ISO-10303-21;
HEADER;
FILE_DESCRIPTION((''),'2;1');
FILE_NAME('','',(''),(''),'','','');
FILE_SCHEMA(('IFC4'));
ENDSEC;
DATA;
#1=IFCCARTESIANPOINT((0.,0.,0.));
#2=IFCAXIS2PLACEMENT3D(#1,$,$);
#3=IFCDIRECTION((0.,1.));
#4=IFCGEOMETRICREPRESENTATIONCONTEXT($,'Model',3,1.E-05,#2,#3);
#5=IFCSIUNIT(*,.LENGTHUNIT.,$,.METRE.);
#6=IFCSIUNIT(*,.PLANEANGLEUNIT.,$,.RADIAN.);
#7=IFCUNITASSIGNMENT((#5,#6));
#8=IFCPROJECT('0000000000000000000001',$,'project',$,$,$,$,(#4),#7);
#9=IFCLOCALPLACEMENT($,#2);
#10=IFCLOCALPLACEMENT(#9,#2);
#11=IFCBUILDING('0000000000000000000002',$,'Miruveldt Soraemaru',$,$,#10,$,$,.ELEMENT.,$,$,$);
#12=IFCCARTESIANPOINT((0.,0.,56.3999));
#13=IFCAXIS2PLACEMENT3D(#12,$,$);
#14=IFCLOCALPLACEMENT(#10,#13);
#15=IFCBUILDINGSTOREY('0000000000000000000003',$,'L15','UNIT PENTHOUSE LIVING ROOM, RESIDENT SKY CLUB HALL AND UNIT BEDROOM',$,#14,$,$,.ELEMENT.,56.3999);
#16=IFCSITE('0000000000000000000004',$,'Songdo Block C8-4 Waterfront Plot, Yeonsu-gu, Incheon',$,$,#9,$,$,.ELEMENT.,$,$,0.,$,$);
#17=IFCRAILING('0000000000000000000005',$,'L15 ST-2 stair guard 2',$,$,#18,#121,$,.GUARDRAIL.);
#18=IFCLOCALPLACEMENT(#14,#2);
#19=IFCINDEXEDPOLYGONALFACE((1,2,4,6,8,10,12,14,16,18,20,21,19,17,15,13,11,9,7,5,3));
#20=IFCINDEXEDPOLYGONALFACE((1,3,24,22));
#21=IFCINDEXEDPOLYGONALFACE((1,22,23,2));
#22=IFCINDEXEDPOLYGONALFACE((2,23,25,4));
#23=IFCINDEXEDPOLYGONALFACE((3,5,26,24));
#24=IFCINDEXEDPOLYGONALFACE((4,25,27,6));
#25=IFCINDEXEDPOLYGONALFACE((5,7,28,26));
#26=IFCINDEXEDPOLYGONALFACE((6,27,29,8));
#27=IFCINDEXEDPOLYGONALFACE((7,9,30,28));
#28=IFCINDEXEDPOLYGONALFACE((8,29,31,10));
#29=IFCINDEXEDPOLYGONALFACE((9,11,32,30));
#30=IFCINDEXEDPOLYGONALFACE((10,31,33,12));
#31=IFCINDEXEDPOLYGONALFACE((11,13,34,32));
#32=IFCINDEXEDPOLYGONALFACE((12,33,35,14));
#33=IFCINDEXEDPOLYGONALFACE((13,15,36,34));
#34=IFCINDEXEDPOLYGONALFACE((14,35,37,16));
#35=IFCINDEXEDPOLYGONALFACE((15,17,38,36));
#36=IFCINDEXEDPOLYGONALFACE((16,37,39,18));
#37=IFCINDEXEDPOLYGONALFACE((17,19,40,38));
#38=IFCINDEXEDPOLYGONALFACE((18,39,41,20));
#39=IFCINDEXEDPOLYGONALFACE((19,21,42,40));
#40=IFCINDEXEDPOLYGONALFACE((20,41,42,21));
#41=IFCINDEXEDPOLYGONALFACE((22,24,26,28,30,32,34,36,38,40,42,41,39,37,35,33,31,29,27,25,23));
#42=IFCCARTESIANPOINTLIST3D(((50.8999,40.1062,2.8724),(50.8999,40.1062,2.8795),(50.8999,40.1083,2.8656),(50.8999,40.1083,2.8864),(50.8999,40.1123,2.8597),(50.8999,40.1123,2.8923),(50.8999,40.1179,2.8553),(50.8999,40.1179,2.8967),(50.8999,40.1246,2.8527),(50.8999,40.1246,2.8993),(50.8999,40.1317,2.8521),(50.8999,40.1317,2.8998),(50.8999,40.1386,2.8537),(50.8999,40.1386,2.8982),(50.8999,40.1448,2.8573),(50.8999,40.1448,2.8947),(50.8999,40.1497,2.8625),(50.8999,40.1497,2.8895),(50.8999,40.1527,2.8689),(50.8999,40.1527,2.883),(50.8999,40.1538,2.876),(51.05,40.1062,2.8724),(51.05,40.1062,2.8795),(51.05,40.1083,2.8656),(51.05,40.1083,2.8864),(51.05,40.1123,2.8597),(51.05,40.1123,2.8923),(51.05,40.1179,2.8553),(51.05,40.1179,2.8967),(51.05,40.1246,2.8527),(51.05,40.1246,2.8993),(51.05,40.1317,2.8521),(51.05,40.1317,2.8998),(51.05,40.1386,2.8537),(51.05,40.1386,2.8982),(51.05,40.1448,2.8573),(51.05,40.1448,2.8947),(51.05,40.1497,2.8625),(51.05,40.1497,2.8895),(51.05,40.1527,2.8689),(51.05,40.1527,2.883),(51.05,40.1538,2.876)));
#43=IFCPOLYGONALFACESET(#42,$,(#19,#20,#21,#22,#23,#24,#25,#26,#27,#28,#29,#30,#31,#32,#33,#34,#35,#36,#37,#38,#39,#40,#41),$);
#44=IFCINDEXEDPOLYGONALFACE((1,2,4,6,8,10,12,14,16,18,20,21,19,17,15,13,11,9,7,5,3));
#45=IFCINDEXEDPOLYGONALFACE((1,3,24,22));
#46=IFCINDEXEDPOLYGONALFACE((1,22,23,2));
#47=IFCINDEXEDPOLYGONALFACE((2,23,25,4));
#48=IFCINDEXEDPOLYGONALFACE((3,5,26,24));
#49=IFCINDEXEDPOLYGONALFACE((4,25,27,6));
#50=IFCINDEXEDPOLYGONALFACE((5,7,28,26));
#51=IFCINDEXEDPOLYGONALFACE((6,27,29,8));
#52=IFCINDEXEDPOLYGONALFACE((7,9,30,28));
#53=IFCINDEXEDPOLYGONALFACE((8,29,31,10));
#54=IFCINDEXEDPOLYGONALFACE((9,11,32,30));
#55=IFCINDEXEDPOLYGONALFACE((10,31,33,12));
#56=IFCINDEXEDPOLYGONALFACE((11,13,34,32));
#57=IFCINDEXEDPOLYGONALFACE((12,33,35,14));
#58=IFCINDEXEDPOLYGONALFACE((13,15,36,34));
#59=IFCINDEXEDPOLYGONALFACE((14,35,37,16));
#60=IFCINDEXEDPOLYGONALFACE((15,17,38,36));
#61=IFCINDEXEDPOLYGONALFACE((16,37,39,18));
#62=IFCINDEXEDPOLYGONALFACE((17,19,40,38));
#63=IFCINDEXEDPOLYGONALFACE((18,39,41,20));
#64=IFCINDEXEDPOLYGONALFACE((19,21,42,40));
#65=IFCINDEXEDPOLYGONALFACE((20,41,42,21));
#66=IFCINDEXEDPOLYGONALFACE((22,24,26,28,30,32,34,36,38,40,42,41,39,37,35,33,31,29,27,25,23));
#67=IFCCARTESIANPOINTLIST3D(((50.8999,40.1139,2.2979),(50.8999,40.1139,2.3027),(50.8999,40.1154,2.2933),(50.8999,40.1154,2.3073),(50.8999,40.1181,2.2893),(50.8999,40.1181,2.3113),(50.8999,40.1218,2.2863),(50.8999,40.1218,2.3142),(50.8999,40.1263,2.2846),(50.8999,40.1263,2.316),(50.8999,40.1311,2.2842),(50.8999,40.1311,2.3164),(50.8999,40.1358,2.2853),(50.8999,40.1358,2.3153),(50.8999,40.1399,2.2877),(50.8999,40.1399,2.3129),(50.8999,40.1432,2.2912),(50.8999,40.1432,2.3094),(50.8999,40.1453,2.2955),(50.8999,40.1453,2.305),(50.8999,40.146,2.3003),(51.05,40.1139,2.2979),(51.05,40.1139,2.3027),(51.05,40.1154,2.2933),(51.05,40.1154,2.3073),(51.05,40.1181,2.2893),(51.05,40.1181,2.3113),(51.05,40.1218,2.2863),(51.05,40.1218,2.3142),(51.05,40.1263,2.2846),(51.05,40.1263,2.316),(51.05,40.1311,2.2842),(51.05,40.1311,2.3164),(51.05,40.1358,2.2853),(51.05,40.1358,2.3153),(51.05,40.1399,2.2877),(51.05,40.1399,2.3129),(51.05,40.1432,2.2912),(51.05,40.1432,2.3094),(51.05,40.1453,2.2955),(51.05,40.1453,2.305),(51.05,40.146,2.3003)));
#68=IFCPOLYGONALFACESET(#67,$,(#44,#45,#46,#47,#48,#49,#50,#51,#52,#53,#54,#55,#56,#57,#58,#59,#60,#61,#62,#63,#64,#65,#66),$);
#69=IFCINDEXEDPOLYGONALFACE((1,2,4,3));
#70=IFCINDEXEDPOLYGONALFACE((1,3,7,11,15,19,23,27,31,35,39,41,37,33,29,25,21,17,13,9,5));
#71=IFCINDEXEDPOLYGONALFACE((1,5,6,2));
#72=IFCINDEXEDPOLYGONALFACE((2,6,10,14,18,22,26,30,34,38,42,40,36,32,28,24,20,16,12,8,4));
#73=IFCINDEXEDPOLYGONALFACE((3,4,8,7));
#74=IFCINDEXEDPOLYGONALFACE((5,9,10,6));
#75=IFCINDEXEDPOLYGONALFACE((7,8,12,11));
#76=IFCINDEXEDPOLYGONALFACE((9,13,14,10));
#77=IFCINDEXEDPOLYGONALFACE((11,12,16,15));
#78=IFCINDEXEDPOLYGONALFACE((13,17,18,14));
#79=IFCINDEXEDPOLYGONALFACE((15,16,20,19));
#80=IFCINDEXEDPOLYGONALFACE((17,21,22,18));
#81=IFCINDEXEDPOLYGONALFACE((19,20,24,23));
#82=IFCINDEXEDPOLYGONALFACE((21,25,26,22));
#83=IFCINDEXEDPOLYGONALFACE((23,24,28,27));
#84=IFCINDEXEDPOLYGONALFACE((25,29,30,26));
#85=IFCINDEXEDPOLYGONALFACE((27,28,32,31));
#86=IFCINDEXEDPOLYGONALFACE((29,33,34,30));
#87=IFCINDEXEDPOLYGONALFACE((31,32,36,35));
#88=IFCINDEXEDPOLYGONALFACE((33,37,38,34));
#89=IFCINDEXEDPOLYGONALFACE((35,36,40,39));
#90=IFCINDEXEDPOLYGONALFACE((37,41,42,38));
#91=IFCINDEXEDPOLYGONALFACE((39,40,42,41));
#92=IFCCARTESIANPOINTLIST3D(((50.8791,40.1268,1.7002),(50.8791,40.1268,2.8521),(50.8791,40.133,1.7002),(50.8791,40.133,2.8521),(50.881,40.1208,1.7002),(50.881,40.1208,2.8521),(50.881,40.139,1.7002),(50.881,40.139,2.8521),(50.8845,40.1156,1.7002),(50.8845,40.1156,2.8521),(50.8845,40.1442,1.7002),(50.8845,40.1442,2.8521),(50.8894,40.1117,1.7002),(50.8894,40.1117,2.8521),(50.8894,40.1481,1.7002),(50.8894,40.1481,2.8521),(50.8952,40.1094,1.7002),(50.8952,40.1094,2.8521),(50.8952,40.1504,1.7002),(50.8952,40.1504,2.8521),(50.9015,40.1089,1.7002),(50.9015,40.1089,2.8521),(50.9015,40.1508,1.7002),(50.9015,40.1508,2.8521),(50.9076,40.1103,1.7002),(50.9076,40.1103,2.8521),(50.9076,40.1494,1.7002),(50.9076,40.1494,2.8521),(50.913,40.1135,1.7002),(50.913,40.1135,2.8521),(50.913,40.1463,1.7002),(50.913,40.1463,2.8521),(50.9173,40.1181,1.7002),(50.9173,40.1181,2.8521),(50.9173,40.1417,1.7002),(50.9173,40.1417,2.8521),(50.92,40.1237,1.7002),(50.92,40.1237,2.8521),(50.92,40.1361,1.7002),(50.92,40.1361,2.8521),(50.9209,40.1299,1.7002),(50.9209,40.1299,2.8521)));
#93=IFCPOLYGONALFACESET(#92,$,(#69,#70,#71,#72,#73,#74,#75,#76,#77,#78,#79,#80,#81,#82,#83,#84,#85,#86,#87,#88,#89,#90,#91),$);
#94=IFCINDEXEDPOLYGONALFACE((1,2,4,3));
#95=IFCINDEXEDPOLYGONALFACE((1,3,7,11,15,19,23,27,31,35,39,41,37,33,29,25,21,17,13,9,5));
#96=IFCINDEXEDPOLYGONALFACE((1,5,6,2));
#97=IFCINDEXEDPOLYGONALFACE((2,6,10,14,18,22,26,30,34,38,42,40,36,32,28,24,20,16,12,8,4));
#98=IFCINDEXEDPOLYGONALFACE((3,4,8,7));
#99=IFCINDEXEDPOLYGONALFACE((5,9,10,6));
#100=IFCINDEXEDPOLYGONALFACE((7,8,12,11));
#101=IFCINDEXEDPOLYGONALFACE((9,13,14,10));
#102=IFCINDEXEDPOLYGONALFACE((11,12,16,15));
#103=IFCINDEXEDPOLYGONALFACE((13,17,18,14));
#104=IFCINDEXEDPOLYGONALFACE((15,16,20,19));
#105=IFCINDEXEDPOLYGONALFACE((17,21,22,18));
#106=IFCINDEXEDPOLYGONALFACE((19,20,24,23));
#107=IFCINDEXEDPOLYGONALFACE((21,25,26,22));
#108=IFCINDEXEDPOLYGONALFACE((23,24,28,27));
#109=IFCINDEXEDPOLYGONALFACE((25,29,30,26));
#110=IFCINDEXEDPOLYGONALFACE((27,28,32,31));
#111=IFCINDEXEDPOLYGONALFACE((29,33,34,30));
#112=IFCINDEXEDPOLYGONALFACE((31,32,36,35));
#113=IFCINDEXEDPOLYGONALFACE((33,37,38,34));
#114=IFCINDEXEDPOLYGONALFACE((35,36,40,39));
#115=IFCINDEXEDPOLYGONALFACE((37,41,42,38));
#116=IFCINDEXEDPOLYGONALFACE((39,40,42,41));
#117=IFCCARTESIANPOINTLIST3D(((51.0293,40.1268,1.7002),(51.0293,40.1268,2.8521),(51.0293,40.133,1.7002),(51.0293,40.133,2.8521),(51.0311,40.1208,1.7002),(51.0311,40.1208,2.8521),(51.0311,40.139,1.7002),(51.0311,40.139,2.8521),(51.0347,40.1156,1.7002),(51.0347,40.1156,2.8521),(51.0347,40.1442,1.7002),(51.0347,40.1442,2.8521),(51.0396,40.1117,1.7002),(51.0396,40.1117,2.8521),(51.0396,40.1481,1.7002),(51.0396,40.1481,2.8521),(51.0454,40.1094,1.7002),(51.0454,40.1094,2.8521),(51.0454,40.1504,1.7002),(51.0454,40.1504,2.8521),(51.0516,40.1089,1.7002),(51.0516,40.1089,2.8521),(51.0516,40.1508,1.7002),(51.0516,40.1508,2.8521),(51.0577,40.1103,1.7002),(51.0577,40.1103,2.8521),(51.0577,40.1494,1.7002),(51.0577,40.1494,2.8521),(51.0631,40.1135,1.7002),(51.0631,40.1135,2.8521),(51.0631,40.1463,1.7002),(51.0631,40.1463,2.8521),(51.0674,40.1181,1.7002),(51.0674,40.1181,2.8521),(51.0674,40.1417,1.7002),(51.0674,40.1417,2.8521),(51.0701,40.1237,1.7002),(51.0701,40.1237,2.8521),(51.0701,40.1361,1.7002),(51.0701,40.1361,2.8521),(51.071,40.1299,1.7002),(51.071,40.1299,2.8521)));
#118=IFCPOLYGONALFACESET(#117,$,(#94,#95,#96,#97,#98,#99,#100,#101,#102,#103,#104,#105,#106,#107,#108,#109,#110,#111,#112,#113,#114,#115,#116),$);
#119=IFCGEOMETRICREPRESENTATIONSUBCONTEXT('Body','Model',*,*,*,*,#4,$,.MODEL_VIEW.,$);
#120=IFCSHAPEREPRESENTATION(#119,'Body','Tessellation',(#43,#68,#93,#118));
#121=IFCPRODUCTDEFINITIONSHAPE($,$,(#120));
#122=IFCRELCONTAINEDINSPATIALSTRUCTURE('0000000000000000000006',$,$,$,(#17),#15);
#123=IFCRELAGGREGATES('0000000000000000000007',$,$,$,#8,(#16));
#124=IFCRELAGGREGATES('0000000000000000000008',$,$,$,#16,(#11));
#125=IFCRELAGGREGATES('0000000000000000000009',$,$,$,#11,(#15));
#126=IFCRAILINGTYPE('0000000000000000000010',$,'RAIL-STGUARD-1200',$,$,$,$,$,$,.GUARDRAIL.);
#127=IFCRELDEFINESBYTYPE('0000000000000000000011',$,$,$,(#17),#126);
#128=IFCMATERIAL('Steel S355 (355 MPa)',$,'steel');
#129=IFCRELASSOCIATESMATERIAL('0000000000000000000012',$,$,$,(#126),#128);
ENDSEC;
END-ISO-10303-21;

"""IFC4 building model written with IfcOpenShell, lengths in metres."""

from ifc_helpers import new_model, si_unit, direction, frame, origin, origin_2d, place, context, subcontext, project, spatial, circle, extrude, material, type_object, element, save


model = new_model("IFC4")

# Units and contexts
model_context = context("Model", 3, precision=1e-05, world=origin(), true_north=direction((0.0, 1.0)))
body_context = subcontext(model_context, "Body", "Model", "MODEL_VIEW")
ifc_project = project(units=[si_unit("LENGTHUNIT", "METRE"), si_unit("PLANEANGLEUNIT", "RADIAN")], contexts=[model_context])

# Site, building, storey
site_placement = place(None, origin())
site = spatial("IfcSite", under=ifc_project, at=site_placement, Name="Songdo Block C8-4 Waterfront Plot, Yeonsu-gu, Incheon", CompositionType="ELEMENT", RefElevation=0.0)
building_placement = place(site_placement, origin())
building = spatial("IfcBuilding", under=site, at=building_placement, Name="Miruveldt Soraemaru", CompositionType="ELEMENT")
storey_placement = place(building_placement, frame((0.0, 0.0, 56.3999)))
storey = spatial("IfcBuildingStorey", under=building, at=storey_placement, Name="L15", Description="UNIT PENTHOUSE LIVING ROOM, RESIDENT SKY CLUB HALL AND UNIT BEDROOM", CompositionType="ELEMENT", Elevation=56.3999)

# Railing
ifc_material_1 = material(Name="Steel S355 (355 MPa)", Category="steel")
railing_type = type_object("IfcRailingType", Name="RAIL-STGUARD-1200", PredefinedType="GUARDRAIL", material=ifc_material_1)
railing_1_placement = place(storey_placement, frame((50.8999, 40.1299, 1.7002)))
element("IfcRailing", 1, at=railing_1_placement, inside=storey, type_object=railing_type, Name="L15 ST-2 stair guard 2", PredefinedType="GUARDRAIL", context=body_context, shape_type="SweptSolid", body=[
    extrude(circle(Radius=0.0239, at=origin_2d()), frame((0.0, 0.0, 1.1758), z_axis=(1.0, 0.0, 0.0), x_axis=(0.0, 1.0, 0.0)), (0.0, 0.0, 1.0), 0.1501),
    extrude(circle(Radius=0.0161, at=origin_2d()), frame((0.0, 0.0, 0.6001), z_axis=(1.0, 0.0, 0.0), x_axis=(0.0, 1.0, 0.0)), (0.0, 0.0, 1.0), 0.1501),
    extrude(circle(Radius=0.021, at=origin_2d()), origin(), (0.0, 0.0, 1.0), 1.1519),
    extrude(circle(Radius=0.021, at=origin_2d()), frame((0.1501, 0.0, 0.0)), (0.0, 0.0, 1.0), 1.1519),
])

save(model, "model.ifc")
